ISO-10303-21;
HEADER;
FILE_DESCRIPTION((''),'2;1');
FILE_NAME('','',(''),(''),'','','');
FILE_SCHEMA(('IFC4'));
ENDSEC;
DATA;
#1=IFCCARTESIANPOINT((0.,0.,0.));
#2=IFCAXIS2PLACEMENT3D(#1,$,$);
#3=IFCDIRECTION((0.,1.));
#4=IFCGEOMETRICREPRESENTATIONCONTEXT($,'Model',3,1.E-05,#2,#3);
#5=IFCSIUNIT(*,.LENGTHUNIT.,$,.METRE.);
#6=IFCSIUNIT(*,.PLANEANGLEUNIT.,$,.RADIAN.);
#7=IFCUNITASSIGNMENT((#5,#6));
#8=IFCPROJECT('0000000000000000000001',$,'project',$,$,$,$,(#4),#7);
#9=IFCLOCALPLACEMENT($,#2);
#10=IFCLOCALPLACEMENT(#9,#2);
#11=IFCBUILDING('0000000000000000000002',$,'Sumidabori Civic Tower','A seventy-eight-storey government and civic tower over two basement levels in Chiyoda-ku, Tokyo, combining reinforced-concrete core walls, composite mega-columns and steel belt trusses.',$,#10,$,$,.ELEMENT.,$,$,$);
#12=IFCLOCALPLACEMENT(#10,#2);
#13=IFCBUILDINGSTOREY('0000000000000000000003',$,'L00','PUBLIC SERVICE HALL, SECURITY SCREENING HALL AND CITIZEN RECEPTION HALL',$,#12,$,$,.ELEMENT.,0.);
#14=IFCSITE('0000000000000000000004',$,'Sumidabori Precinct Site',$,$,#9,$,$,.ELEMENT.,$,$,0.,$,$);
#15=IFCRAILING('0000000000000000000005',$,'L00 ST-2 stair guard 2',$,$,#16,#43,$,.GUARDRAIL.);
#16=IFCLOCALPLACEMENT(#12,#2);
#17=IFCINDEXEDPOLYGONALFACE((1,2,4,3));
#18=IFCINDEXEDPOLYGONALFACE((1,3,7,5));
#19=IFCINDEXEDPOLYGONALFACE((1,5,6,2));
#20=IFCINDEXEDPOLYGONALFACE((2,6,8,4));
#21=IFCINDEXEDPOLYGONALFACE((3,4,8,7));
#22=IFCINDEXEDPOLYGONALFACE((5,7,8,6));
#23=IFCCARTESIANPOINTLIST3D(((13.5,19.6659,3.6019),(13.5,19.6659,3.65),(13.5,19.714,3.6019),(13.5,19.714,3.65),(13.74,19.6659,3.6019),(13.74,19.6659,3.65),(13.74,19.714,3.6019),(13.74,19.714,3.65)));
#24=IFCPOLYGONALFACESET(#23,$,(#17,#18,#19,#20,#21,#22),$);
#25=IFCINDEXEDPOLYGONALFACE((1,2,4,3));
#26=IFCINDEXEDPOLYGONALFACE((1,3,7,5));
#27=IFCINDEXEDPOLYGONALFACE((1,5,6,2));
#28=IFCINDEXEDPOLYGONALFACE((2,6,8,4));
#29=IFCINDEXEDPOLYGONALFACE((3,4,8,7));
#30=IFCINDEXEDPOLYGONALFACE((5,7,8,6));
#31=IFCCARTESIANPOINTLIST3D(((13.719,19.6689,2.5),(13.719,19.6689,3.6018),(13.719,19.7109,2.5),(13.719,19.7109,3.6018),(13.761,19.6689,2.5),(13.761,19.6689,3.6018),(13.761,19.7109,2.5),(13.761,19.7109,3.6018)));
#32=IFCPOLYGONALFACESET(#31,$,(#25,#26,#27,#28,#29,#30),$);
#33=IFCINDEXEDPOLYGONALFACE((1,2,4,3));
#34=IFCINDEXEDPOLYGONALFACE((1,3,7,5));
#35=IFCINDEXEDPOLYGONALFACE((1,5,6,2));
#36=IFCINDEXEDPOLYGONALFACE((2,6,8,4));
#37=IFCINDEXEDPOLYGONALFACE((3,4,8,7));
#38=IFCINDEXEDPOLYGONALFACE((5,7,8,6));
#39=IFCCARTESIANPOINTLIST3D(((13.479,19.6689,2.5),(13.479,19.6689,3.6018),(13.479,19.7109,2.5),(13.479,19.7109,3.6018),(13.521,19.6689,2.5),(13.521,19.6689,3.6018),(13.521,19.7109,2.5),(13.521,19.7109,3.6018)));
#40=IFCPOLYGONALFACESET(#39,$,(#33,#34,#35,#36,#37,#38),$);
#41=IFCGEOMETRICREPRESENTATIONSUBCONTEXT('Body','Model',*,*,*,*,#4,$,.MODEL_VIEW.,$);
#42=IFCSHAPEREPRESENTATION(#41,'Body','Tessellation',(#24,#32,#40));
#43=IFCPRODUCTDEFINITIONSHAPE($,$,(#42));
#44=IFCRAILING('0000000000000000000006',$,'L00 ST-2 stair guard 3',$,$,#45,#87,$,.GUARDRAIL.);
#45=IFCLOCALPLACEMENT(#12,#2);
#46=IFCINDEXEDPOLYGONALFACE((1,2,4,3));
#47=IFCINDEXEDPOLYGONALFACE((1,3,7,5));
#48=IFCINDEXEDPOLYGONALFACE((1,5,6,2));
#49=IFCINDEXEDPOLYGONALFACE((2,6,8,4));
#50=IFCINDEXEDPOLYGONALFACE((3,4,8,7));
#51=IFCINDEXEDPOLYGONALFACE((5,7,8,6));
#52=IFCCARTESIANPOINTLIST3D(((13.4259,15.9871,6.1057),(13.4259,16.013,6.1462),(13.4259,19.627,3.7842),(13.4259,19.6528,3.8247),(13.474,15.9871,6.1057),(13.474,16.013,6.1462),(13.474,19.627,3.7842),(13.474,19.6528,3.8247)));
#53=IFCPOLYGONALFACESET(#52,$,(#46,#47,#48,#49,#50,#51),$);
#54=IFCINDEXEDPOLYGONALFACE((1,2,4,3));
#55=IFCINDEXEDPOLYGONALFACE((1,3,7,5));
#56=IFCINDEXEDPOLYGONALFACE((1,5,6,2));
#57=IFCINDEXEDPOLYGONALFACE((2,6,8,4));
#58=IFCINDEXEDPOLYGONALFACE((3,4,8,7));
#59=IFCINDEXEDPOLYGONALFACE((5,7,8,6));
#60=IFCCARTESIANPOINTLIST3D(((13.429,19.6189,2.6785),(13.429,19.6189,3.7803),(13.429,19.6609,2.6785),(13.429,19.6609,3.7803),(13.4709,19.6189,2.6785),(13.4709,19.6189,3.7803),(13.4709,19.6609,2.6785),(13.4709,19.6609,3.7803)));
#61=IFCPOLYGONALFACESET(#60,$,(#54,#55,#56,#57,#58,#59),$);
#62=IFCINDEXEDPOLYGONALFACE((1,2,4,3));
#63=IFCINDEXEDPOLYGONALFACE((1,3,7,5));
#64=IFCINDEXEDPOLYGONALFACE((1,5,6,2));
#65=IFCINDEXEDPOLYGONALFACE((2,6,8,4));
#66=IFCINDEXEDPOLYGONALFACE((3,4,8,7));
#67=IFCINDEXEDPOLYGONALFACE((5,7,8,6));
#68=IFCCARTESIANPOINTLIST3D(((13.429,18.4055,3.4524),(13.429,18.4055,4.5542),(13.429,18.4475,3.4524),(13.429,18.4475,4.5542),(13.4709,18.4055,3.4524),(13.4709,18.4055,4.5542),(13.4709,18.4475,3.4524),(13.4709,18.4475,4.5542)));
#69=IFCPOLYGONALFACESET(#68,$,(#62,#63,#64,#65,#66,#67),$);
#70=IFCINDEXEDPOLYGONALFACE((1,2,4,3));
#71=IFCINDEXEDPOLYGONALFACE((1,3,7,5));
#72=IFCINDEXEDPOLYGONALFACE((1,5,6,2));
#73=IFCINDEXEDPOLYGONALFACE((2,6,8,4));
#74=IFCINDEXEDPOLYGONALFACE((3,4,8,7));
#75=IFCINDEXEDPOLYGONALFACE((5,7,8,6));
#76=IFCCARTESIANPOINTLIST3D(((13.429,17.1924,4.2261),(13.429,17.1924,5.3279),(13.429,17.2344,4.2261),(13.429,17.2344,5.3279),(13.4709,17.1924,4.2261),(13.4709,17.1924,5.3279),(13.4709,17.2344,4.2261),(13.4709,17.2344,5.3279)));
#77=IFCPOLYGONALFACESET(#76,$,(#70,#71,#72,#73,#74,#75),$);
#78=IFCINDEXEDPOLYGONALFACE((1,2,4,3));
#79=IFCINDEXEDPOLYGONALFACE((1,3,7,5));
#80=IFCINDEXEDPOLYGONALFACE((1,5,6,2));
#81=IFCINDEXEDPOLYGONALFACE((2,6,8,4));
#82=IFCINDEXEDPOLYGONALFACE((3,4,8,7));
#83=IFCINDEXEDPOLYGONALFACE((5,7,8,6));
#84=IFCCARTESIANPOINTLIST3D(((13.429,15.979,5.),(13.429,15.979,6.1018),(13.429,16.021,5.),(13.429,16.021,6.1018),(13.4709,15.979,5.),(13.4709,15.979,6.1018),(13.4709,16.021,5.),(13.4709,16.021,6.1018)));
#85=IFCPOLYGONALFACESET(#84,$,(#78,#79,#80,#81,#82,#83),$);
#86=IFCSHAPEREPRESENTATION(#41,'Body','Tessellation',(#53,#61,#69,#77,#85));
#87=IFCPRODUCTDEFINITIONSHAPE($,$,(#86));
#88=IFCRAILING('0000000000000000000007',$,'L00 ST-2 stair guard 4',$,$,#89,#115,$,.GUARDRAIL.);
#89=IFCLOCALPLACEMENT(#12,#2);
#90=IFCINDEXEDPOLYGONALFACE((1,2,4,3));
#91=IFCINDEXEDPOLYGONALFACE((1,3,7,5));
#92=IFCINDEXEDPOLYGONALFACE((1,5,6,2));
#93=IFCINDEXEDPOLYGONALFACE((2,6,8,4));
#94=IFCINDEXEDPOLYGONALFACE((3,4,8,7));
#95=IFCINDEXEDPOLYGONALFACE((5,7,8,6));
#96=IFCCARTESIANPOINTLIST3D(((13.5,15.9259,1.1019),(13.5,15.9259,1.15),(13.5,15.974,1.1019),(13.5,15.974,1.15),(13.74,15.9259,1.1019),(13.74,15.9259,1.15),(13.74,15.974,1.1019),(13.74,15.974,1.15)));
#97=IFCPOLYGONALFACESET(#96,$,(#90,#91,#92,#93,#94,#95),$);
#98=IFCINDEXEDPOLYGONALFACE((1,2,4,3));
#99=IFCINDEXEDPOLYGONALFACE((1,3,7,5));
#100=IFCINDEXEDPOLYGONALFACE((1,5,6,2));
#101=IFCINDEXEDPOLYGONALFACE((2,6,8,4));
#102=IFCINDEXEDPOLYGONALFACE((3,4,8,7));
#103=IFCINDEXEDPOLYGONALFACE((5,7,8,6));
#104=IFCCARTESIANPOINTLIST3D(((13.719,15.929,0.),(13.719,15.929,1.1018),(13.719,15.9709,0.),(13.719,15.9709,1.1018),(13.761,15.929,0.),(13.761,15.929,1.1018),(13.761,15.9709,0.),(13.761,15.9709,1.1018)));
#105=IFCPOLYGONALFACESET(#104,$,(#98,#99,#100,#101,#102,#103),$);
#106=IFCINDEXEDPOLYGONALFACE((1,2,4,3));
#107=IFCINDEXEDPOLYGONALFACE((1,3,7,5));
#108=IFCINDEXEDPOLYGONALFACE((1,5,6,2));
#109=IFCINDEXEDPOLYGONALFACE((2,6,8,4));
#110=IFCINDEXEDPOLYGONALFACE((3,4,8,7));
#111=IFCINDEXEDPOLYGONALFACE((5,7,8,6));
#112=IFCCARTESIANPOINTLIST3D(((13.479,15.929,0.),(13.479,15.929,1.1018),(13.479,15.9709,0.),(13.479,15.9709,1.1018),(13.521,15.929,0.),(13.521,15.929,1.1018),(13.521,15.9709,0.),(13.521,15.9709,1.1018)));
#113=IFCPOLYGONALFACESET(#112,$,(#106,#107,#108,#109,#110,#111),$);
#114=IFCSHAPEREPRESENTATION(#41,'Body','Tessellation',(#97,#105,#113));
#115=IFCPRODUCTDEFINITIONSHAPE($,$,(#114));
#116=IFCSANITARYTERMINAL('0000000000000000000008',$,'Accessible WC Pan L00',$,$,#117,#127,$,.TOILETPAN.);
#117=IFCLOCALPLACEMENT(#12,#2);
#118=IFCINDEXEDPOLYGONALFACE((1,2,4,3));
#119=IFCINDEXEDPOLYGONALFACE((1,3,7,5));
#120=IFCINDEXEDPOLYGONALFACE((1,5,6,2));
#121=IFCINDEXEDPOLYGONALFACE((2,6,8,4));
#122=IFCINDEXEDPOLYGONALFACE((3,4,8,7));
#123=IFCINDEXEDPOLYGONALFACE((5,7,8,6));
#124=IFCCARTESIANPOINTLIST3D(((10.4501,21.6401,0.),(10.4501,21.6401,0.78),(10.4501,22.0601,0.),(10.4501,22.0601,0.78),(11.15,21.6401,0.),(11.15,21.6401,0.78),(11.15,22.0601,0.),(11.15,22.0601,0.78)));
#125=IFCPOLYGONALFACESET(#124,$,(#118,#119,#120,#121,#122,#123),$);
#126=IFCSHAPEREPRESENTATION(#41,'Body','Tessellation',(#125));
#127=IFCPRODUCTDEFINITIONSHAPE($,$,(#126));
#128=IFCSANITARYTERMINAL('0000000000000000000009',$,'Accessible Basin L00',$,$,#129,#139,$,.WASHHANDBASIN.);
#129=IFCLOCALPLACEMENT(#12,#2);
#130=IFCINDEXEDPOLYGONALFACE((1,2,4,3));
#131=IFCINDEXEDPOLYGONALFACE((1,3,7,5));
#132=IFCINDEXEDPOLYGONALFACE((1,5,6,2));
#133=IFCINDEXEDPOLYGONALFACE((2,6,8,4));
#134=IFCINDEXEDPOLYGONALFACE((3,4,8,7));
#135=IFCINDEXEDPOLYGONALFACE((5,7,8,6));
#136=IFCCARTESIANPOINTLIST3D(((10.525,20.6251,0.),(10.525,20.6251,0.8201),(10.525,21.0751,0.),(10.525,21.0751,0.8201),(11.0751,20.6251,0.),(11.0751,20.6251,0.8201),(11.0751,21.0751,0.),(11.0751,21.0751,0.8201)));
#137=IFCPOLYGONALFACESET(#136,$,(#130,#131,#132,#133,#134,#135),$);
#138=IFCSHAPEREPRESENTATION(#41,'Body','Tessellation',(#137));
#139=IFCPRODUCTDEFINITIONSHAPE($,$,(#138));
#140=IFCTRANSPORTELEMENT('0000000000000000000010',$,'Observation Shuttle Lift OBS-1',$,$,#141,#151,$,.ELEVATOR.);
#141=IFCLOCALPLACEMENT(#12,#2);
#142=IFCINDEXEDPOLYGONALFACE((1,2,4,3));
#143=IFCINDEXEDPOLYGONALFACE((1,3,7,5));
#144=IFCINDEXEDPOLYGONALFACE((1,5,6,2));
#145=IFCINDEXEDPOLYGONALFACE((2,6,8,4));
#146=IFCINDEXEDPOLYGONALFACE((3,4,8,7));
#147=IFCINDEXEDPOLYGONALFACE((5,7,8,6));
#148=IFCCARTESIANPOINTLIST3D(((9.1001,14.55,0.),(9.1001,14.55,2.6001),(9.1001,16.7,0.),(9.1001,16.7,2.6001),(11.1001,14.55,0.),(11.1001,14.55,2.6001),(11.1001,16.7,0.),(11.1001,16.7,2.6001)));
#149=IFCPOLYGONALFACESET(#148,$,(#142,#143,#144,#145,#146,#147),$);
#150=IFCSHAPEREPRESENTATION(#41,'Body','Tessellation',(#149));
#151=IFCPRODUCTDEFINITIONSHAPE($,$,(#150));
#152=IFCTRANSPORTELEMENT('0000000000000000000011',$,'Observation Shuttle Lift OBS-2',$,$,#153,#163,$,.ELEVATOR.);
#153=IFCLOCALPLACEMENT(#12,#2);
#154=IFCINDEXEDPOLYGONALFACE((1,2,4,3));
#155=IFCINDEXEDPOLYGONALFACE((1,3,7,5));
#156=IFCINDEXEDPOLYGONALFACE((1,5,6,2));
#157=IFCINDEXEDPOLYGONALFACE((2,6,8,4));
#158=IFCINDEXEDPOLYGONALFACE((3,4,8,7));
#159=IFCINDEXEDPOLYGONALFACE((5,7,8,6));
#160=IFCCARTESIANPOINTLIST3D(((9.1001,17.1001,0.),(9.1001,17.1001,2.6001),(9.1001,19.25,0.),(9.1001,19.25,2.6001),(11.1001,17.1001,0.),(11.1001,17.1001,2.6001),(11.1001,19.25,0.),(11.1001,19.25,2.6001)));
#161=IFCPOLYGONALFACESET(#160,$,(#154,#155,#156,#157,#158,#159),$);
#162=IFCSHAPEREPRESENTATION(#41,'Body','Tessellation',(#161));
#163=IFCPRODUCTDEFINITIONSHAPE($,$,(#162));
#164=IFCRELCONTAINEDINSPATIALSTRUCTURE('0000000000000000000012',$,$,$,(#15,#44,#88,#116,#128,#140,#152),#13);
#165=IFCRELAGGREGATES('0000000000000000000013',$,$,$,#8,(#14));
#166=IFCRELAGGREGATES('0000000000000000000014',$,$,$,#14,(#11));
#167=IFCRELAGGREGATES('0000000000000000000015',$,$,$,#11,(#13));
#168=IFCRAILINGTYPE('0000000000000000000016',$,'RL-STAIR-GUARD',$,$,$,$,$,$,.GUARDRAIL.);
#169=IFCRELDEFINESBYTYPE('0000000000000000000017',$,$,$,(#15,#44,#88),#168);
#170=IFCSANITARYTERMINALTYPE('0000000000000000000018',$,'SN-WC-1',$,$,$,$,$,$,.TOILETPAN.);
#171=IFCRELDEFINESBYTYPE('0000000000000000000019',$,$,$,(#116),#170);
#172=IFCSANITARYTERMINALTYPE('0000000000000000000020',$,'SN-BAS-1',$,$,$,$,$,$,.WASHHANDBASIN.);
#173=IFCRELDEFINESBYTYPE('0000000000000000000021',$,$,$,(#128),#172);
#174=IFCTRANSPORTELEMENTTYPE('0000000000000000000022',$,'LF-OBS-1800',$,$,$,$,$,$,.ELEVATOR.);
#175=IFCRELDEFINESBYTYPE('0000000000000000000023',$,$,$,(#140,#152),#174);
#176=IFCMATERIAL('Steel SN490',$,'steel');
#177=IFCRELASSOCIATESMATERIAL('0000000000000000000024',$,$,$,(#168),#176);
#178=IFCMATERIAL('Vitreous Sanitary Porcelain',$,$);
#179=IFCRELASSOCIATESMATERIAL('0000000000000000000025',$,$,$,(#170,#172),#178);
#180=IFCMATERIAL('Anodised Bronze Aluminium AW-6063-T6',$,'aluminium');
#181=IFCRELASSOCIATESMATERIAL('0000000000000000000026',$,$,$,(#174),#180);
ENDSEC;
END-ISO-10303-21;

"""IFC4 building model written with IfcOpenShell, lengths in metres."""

from ifc_helpers import new_model, si_unit, direction, frame, origin, origin_2d, place, context, subcontext, project, spatial, rectangle, extrude, source, transform, mapped, material, type_object, element, save


model = new_model("IFC4")

# Units and contexts
model_context = context("Model", 3, precision=1e-05, world=origin(), true_north=direction((0.0, 1.0)))
body_context = subcontext(model_context, "Body", "Model", "MODEL_VIEW")
ifc_project = project(units=[si_unit("LENGTHUNIT", "METRE"), si_unit("PLANEANGLEUNIT", "RADIAN")], contexts=[model_context])

# Site, building, storey
site_placement = place(None, origin())
site = spatial("IfcSite", under=ifc_project, at=site_placement, Name="Sumidabori Precinct Site", CompositionType="ELEMENT", RefElevation=0.0)
building_placement = place(site_placement, origin())
building = spatial("IfcBuilding", under=site, at=building_placement, Name="Sumidabori Civic Tower", Description="A seventy-eight-storey government and civic tower over two basement levels in Chiyoda-ku, Tokyo, combining reinforced-concrete core walls, composite mega-columns and steel belt trusses.", CompositionType="ELEMENT")
storey_placement = place(building_placement, origin())
storey = spatial("IfcBuildingStorey", under=building, at=storey_placement, Name="L00", Description="PUBLIC SERVICE HALL, SECURITY SCREENING HALL AND CITIZEN RECEPTION HALL", CompositionType="ELEMENT", Elevation=0.0)

# Shared definitions
ifc_material_1 = material(Name="Steel SN490", Category="steel")

# Railings
railing_type_1 = type_object("IfcRailingType", Name="RL-STAIR-GUARD", PredefinedType="GUARDRAIL", material=ifc_material_1)
railing_1_placement = place(storey_placement, frame((13.74, 19.6899, 2.5)))
element("IfcRailing", 1, at=railing_1_placement, inside=storey, type_object=railing_type_1, Name="L00 ST-2 stair guard 2", PredefinedType="GUARDRAIL", context=body_context, shape_type="SweptSolid", body=[
    extrude(rectangle(XDim=0.0481, YDim=0.0481, at=origin_2d()), frame((0.0, 0.0, 1.126), z_axis=(-1.0, 0.0, 0.0), x_axis=(0.0, -1.0, 0.0)), (0.0, 0.0, 1.0), 0.24),
    extrude(rectangle(XDim=0.042, YDim=0.042, at=origin_2d()), origin(), (0.0, 0.0, 1.0), 1.1018),
    extrude(rectangle(XDim=0.042, YDim=0.042, at=origin_2d()), frame((-0.24, 0.0, 0.0)), (0.0, 0.0, 1.0), 1.1018),
])
railing_2_placement = place(storey_placement, frame((13.45, 19.6399, 2.6785)))
element("IfcRailing", 2, at=railing_2_placement, inside=storey, type_object=railing_type_1, Name="L00 ST-2 stair guard 3", PredefinedType="GUARDRAIL", context=body_context, shape_type="SweptSolid", body=[
    extrude(rectangle(XDim=0.0481, YDim=0.0481, at=origin_2d()), frame((0.0, 0.0, 1.126), z_axis=(0.0, -0.843112, 0.537739), x_axis=(1.0, 0.0, 0.0)), (0.0, 0.0, 1.0), 4.3171),
    extrude(rectangle(XDim=0.042, YDim=0.042, at=origin_2d()), origin(), (0.0, 0.0, 1.0), 1.1018),
    extrude(rectangle(XDim=0.042, YDim=0.042, at=origin_2d()), frame((0.0, -1.2134, 0.7739)), (0.0, 0.0, 1.0), 1.1018),
    extrude(rectangle(XDim=0.042, YDim=0.042, at=origin_2d()), frame((0.0, -2.4265, 1.5476)), (0.0, 0.0, 1.0), 1.1018),
    extrude(rectangle(XDim=0.042, YDim=0.042, at=origin_2d()), frame((0.0, -3.6399, 2.3215)), (0.0, 0.0, 1.0), 1.1018),
])
railing_3_placement = place(storey_placement, frame((13.74, 15.95, 0.0)))
element("IfcRailing", 3, at=railing_3_placement, inside=storey, type_object=railing_type_1, Name="L00 ST-2 stair guard 4", PredefinedType="GUARDRAIL", context=body_context, shape_type="SweptSolid", body=[
    extrude(rectangle(XDim=0.0481, YDim=0.0481, at=origin_2d()), frame((0.0, 0.0, 1.126), z_axis=(-1.0, 0.0, 0.0), x_axis=(0.0, -1.0, 0.0)), (0.0, 0.0, 1.0), 0.24),
    extrude(rectangle(XDim=0.042, YDim=0.042, at=origin_2d()), origin(), (0.0, 0.0, 1.0), 1.1018),
    extrude(rectangle(XDim=0.042, YDim=0.042, at=origin_2d()), frame((-0.24, 0.0, 0.0)), (0.0, 0.0, 1.0), 1.1018),
])

# Sanitary terminals
ifc_material_2 = material(Name="Vitreous Sanitary Porcelain")
sanitary_terminal_type_1 = type_object("IfcSanitaryTerminalType", Name="SN-WC-1", PredefinedType="TOILETPAN", material=ifc_material_2)
shared_shape_1 = source(origin(), body_context, "Body", "SweptSolid", [
    extrude(rectangle(XDim=0.7, YDim=0.4199, at=origin_2d()), origin(), (0.0, 0.0, 1.0), 0.78),
])
sanitary_terminal_1_placement = place(storey_placement, frame((10.8, 21.8501, 0.0), z_axis=(0.0, 0.0, 1.0), x_axis=(1.0, 0.0, 0.0)))
element("IfcSanitaryTerminal", 4, at=sanitary_terminal_1_placement, inside=storey, type_object=sanitary_terminal_type_1, Name="Accessible WC Pan L00", PredefinedType="TOILETPAN", context=body_context, shape_type="MappedRepresentation", body=[
    mapped(shared_shape_1, transform((0.0, 0.0, 0.0), x_axis=(1.0, 0.0, 0.0), y_axis=(0.0, 1.0, 0.0), z_axis=(0.0, 0.0, 1.0), scale=1.0)),
])
sanitary_terminal_type_2 = type_object("IfcSanitaryTerminalType", Name="SN-BAS-1", PredefinedType="WASHHANDBASIN", material=ifc_material_2)
shared_shape_2 = source(origin(), body_context, "Body", "SweptSolid", [
    extrude(rectangle(XDim=0.55, YDim=0.45, at=origin_2d()), origin(), (0.0, 0.0, 1.0), 0.8201),
])
sanitary_terminal_2_placement = place(storey_placement, frame((10.8, 20.8501, 0.0), z_axis=(0.0, 0.0, 1.0), x_axis=(1.0, 0.0, 0.0)))
element("IfcSanitaryTerminal", 5, at=sanitary_terminal_2_placement, inside=storey, type_object=sanitary_terminal_type_2, Name="Accessible Basin L00", PredefinedType="WASHHANDBASIN", context=body_context, shape_type="MappedRepresentation", body=[
    mapped(shared_shape_2, transform((0.0, 0.0, 0.0), x_axis=(1.0, 0.0, 0.0), y_axis=(0.0, 1.0, 0.0), z_axis=(0.0, 0.0, 1.0), scale=1.0)),
])

# Transport elements
ifc_material_3 = material(Name="Anodised Bronze Aluminium AW-6063-T6", Category="aluminium")
transport_element_type = type_object("IfcTransportElementType", Name="LF-OBS-1800", PredefinedType="ELEVATOR", material=ifc_material_3)
shared_shape_3 = source(origin(), body_context, "Body", "SweptSolid", [
    extrude(rectangle(XDim=2.0, YDim=2.1499, at=origin_2d()), origin(), (0.0, 0.0, 1.0), 2.6001),
])
for number, where, z_axis, x_axis, name in (
    (6, (10.1001, 15.625, 0.0), (0.0, 0.0, 1.0), (1.0, 0.0, 0.0), "Observation Shuttle Lift OBS-1"),
    (7, (10.1001, 18.175, 0.0), (0.0, 0.0, 1.0), (1.0, 0.0, 0.0), "Observation Shuttle Lift OBS-2"),
):
    element("IfcTransportElement", number, at=place(storey_placement, frame(where, z_axis=z_axis, x_axis=x_axis)), inside=storey, type_object=transport_element_type, Name=name, PredefinedType="ELEVATOR", context=body_context, shape_type="MappedRepresentation", body=[
        mapped(shared_shape_3, transform((0.0, 0.0, 0.0), x_axis=(1.0, 0.0, 0.0), y_axis=(0.0, 1.0, 0.0), z_axis=(0.0, 0.0, 1.0), scale=1.0)),
    ])

save(model, "model.ifc")
